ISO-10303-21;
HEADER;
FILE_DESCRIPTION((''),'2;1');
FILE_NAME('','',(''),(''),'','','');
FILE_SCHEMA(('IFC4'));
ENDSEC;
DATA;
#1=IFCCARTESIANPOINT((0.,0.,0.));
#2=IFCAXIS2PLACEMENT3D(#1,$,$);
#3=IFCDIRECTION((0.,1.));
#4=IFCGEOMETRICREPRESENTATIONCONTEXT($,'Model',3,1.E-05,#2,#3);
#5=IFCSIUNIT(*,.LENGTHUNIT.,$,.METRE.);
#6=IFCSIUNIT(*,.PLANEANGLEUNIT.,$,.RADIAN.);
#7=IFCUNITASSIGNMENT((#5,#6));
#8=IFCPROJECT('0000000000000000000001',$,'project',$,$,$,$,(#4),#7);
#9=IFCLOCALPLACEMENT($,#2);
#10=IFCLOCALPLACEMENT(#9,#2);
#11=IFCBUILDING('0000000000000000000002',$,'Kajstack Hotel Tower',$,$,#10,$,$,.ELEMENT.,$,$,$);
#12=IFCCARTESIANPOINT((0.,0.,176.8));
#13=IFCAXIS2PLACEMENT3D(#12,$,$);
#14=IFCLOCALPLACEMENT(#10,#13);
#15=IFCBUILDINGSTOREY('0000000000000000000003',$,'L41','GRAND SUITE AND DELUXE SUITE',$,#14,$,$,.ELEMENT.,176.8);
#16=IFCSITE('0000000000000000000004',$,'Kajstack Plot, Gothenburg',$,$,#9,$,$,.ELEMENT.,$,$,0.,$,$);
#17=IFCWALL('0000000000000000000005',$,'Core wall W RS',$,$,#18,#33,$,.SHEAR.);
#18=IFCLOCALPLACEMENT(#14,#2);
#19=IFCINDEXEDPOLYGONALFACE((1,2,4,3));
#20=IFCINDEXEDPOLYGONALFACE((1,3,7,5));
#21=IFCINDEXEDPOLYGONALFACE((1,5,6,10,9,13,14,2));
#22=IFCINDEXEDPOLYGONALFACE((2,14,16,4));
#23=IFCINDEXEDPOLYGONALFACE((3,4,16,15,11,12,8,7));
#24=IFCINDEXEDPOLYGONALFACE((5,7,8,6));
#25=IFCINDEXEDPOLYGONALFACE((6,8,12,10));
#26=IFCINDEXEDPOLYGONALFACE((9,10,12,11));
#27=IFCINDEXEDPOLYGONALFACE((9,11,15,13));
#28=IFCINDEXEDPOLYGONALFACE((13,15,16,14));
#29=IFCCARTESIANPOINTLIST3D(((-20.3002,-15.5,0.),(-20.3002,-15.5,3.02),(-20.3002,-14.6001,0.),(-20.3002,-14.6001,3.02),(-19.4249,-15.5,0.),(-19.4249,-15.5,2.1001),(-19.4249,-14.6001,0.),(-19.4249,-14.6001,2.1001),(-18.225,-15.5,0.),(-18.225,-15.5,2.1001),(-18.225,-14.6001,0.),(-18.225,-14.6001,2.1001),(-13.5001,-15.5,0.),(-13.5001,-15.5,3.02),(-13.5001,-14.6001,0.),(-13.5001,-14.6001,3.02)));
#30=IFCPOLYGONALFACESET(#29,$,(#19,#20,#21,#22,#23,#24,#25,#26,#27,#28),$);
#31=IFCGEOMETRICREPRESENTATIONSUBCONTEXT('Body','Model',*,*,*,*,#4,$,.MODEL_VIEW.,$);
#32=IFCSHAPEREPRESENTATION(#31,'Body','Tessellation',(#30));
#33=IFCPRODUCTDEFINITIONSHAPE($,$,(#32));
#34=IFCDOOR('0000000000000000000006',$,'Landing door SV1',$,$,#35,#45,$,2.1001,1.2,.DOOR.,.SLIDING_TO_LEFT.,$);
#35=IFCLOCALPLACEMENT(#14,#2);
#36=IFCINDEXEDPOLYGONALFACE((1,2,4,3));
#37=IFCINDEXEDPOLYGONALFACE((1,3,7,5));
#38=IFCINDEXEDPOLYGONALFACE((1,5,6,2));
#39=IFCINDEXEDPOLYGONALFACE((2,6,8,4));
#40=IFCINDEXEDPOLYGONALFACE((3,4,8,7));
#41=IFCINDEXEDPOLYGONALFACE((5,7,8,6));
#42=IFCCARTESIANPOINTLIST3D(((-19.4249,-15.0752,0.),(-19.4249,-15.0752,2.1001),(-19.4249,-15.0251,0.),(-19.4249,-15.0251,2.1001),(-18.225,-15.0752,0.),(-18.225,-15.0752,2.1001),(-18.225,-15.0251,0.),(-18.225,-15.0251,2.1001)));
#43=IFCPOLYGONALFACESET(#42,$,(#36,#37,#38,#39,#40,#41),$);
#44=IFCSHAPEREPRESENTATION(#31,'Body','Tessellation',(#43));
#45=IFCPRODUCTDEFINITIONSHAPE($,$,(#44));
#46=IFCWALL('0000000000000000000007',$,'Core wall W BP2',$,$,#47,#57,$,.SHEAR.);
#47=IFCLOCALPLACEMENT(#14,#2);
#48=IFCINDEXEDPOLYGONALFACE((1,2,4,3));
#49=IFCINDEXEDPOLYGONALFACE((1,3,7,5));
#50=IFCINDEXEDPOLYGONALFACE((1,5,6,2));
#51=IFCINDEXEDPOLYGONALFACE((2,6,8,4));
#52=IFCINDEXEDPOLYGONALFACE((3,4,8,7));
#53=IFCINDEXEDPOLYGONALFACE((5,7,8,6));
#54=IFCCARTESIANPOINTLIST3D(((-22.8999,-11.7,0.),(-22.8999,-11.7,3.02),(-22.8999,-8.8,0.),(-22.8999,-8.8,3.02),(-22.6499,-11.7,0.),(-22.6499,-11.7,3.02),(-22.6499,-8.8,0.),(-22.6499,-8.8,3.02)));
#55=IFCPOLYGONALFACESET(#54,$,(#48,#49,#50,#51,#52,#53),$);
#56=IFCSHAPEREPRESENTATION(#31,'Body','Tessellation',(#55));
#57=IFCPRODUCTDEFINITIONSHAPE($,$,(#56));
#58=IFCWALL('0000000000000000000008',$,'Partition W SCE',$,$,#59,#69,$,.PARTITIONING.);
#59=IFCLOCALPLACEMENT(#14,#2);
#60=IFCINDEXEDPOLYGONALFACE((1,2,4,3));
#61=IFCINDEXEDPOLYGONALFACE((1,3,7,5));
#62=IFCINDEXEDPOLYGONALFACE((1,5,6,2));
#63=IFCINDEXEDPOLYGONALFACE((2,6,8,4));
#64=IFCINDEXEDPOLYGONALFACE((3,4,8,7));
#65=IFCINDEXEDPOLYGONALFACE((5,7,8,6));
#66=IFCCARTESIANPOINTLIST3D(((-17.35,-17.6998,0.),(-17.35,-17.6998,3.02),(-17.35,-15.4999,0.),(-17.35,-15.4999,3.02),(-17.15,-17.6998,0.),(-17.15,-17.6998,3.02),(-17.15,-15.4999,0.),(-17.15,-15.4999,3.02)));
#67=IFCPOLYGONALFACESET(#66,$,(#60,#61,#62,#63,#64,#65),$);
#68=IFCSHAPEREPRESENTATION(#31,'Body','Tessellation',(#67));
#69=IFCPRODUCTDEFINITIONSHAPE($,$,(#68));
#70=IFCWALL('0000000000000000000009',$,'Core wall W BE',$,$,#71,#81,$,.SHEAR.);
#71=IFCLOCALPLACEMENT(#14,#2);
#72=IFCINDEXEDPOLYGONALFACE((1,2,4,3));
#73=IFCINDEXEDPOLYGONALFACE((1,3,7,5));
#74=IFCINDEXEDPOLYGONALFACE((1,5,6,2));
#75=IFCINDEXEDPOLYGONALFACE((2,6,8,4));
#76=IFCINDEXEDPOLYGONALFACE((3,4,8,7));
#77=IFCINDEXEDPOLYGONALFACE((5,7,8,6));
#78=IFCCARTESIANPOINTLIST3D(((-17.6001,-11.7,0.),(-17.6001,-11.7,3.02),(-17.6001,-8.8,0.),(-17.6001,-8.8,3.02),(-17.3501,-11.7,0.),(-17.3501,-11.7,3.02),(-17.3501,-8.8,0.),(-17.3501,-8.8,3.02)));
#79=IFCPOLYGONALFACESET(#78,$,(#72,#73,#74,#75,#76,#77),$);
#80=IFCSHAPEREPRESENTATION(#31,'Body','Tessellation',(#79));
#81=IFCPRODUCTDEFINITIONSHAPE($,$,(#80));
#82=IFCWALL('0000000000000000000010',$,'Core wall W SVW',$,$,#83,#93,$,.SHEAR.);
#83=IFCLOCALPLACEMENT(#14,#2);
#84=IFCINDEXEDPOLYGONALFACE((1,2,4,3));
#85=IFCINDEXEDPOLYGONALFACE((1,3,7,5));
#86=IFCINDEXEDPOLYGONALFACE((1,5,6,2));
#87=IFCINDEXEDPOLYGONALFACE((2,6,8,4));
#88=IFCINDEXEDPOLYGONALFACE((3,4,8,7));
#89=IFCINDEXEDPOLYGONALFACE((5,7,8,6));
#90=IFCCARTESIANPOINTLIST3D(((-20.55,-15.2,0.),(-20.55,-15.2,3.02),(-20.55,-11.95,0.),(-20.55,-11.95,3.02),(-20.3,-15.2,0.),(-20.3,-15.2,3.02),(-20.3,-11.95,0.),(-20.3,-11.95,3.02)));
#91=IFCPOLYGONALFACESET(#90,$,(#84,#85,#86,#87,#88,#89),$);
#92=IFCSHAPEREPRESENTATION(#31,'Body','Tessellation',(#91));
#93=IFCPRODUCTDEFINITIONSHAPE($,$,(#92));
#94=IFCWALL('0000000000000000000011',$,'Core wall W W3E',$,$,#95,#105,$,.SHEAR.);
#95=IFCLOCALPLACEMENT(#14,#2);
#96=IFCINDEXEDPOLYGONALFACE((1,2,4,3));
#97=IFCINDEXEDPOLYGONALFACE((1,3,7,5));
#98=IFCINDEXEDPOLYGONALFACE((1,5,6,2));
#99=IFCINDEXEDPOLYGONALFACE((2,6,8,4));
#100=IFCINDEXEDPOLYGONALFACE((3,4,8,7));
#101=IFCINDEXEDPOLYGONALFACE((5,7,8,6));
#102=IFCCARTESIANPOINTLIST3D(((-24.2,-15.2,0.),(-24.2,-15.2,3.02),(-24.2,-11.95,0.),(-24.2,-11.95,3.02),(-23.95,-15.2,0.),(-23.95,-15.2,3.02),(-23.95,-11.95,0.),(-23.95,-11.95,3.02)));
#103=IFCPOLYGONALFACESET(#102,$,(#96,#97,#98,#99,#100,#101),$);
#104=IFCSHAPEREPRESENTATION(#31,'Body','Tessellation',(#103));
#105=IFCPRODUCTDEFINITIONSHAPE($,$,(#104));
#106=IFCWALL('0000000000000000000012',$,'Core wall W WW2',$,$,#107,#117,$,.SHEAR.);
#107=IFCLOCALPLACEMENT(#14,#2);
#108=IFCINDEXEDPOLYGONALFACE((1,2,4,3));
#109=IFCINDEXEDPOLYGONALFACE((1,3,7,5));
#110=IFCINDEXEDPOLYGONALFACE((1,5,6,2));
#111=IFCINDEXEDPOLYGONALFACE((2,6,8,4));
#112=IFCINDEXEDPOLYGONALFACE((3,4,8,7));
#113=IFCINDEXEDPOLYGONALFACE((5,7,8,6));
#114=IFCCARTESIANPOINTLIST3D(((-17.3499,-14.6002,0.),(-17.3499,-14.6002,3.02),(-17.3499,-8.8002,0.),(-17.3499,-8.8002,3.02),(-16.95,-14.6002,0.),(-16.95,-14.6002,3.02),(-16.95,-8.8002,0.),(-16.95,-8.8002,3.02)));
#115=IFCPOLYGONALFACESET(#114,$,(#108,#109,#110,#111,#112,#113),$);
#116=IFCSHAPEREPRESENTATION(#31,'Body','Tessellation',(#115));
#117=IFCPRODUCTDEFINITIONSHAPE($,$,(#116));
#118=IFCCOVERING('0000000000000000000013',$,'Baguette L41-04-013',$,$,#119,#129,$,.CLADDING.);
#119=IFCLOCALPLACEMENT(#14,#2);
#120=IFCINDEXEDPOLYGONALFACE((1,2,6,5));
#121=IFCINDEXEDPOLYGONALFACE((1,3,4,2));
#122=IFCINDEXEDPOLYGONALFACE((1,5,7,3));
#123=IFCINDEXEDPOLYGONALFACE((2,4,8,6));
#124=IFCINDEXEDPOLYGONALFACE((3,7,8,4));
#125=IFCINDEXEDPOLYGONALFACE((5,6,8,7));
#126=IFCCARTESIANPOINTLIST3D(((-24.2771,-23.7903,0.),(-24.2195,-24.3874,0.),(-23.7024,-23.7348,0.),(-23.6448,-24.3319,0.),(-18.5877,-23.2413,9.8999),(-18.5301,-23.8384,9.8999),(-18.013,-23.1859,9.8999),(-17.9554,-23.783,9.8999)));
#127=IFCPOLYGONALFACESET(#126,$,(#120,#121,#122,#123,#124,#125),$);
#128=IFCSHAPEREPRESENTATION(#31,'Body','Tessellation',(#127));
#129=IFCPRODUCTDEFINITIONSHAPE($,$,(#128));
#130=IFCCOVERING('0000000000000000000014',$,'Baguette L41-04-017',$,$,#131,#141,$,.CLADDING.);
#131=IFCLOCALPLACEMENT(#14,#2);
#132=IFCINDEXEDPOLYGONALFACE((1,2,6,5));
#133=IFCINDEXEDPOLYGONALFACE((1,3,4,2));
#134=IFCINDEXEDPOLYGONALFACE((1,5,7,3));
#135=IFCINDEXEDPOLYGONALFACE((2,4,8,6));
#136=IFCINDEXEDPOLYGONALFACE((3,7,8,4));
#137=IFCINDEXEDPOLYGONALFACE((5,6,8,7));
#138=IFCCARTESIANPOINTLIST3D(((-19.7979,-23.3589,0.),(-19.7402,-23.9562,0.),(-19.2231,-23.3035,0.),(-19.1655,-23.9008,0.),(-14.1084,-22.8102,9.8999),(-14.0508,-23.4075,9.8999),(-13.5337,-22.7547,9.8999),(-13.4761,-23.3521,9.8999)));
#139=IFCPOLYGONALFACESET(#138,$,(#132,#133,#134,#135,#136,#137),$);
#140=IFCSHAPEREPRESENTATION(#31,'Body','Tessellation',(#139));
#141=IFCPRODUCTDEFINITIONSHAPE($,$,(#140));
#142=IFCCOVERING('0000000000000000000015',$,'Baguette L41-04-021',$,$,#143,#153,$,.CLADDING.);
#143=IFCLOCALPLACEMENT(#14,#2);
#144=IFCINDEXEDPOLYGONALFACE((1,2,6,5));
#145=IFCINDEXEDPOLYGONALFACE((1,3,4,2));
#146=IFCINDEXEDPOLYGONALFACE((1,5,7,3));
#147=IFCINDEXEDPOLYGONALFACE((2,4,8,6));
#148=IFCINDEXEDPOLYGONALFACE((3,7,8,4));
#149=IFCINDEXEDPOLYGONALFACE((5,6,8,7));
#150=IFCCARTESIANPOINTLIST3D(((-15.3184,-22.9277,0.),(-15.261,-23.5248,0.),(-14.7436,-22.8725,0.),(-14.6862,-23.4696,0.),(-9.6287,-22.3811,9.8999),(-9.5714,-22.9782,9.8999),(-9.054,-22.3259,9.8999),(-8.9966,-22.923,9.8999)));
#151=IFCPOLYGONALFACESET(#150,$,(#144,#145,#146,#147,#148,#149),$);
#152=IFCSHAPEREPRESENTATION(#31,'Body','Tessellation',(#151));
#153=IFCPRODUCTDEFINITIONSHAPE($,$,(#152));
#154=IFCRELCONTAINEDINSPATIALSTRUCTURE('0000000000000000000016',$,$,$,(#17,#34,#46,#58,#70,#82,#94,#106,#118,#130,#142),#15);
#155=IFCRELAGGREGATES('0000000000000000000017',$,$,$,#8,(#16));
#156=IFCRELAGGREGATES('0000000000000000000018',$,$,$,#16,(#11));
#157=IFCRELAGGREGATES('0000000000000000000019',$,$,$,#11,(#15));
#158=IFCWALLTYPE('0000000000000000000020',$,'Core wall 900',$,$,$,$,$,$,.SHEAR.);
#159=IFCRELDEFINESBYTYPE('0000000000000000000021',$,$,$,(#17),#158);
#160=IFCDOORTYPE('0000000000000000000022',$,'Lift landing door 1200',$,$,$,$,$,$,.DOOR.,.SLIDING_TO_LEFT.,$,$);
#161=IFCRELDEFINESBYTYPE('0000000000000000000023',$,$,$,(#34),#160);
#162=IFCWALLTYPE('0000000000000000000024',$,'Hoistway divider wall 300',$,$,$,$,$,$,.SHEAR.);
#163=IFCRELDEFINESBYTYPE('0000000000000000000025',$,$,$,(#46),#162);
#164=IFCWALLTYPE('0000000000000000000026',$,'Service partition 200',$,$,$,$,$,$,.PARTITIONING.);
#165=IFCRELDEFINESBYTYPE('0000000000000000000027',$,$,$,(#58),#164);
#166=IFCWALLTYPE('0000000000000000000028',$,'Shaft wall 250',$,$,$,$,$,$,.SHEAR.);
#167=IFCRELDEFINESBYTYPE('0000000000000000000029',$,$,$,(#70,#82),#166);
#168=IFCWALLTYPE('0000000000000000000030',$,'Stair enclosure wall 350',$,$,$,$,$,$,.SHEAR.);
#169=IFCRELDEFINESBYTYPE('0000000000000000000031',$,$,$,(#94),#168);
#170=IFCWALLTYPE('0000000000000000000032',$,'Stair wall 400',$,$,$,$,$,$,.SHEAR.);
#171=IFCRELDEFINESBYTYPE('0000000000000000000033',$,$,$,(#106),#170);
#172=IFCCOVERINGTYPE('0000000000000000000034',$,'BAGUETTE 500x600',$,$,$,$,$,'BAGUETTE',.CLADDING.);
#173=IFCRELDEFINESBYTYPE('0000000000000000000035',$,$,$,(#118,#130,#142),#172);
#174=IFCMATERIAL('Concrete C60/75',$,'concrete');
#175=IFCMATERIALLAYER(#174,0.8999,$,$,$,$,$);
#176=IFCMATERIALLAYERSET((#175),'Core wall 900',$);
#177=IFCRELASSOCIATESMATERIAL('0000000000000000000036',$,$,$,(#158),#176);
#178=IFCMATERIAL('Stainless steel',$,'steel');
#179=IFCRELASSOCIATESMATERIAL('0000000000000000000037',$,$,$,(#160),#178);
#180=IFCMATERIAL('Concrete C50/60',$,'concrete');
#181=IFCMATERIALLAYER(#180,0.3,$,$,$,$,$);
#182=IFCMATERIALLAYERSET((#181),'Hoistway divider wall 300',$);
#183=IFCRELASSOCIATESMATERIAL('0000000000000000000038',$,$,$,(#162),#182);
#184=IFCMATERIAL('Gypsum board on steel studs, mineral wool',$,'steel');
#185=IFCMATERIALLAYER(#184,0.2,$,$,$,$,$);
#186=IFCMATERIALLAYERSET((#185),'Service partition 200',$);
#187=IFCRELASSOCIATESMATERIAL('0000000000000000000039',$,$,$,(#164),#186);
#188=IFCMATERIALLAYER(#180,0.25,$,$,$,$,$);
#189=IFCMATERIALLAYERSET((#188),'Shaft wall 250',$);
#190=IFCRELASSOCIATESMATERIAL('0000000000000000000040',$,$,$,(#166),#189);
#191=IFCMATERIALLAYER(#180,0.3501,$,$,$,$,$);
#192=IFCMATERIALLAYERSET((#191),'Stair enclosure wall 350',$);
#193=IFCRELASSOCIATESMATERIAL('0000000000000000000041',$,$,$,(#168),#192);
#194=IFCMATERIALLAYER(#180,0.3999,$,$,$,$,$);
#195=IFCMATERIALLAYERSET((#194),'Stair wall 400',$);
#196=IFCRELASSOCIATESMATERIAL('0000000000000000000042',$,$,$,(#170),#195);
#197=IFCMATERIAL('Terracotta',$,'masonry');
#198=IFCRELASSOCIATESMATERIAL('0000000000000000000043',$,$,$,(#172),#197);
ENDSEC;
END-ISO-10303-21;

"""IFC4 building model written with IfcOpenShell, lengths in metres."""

from ifc_helpers import new_model, si_unit, direction, frame, frame_2d, origin, origin_2d, place, context, subcontext, project, spatial, polyline, rectangle, outline, extrude, material, layer, layer_set, material_profile, profile_set, type_object, element, fill, save


model = new_model("IFC4")

# Units and contexts
model_context = context("Model", 3, precision=1e-05, world=origin(), true_north=direction((0.0, 1.0)))
body_context = subcontext(model_context, "Body", "Model", "MODEL_VIEW")
ifc_project = project(units=[si_unit("LENGTHUNIT", "METRE"), si_unit("PLANEANGLEUNIT", "RADIAN")], contexts=[model_context])

# Site, building, storey
site_placement = place(None, origin())
site = spatial("IfcSite", under=ifc_project, at=site_placement, Name="Kajstack Plot, Gothenburg", CompositionType="ELEMENT", RefElevation=0.0)
building_placement = place(site_placement, origin())
building = spatial("IfcBuilding", under=site, at=building_placement, Name="Kajstack Hotel Tower", CompositionType="ELEMENT")
storey_placement = place(building_placement, frame((0.0, 0.0, 176.8)))
storey = spatial("IfcBuildingStorey", under=building, at=storey_placement, Name="L41", Description="GRAND SUITE AND DELUXE SUITE", CompositionType="ELEMENT", Elevation=176.8)

# Wall, opening, door
ifc_material_1 = material(Name="Concrete C60/75", Category="concrete")
ifc_layer_1 = layer(ifc_material_1, 0.8999)
ifc_layer_set_1 = layer_set([ifc_layer_1], Name="Core wall 900")
wall_type_1 = type_object("IfcWallType", Name="Core wall 900", PredefinedType="SHEAR", material=ifc_layer_set_1)
wall_1_placement = place(storey_placement, frame((-20.3, -15.05, 0.0), z_axis=(0.0, 0.0, 1.0), x_axis=(1.0, 0.0, 0.0)))
wall_1 = element("IfcWall", 1, at=wall_1_placement, inside=storey, type_object=wall_type_1, Name="Core wall W RS", PredefinedType="SHEAR", context=body_context, shape_type="SweptSolid", body=[
    extrude(rectangle(XDim=6.8, YDim=0.8999, at=frame_2d((3.3999, 0.0))), origin(), (0.0, 0.0, 1.0), 3.02),
])
opening_placement = place(wall_1_placement, frame((0.875, 0.0, 0.0)))
opening = element("IfcOpeningElement", 2, at=opening_placement, cuts=wall_1, PredefinedType="OPENING", context=body_context, shape_type="SweptSolid", body=[
    extrude(rectangle(XDim=1.2, YDim=2.1001, at=frame_2d((0.6001, 1.05))), frame((0.0, 0.46, 0.0), z_axis=(0.0, -1.0, 0.0), x_axis=(1.0, 0.0, 0.0)), (0.0, 0.0, 1.0), 0.9199),
])
ifc_material_2 = material(Name="Stainless steel", Category="steel")
door_type = type_object("IfcDoorType", Name="Lift landing door 1200", OperationType="SLIDING_TO_LEFT", PredefinedType="DOOR", material=ifc_material_2)
door_placement = place(opening_placement, origin())
door = element("IfcDoor", 3, at=door_placement, inside=storey, type_object=door_type, Name="Landing door SV1", OperationType="SLIDING_TO_LEFT", OverallHeight=2.1001, OverallWidth=1.2, PredefinedType="DOOR", context=body_context, shape_type="SweptSolid", body=[
    extrude(rectangle(XDim=1.2, YDim=2.1001, at=frame_2d((0.6001, 1.05))), frame((0.0, 0.0249, 0.0), z_axis=(0.0, -1.0, 0.0), x_axis=(1.0, 0.0, 0.0)), (0.0, 0.0, 1.0), 0.05),
])
fill(opening, door)

# Walls
ifc_material_3 = material(Name="Concrete C50/60", Category="concrete")
ifc_layer_2 = layer(ifc_material_3, 0.3)
ifc_layer_set_2 = layer_set([ifc_layer_2], Name="Hoistway divider wall 300")
wall_type_2 = type_object("IfcWallType", Name="Hoistway divider wall 300", PredefinedType="SHEAR", material=ifc_layer_set_2)
wall_2_placement = place(storey_placement, frame((-22.7749, -11.7, 0.0), z_axis=(0.0, 0.0, 1.0), x_axis=(0.0, 1.0, 0.0)))
element("IfcWall", 4, at=wall_2_placement, inside=storey, type_object=wall_type_2, Name="Core wall W BP2", PredefinedType="SHEAR", context=body_context, shape_type="SweptSolid", body=[
    extrude(rectangle(XDim=2.8999, YDim=0.25, at=frame_2d((1.45, 0.0))), origin(), (0.0, 0.0, 1.0), 3.02),
])
ifc_material_4 = material(Name="Gypsum board on steel studs, mineral wool", Category="steel")
ifc_layer_3 = layer(ifc_material_4, 0.2)
ifc_layer_set_3 = layer_set([ifc_layer_3], Name="Service partition 200")
wall_type_3 = type_object("IfcWallType", Name="Service partition 200", PredefinedType="PARTITIONING", material=ifc_layer_set_3)
wall_3_placement = place(storey_placement, frame((-17.25, -17.7, 0.0), z_axis=(0.0, 0.0, 1.0), x_axis=(0.0, 1.0, 0.0)))
element("IfcWall", 5, at=wall_3_placement, inside=storey, type_object=wall_type_3, Name="Partition W SCE", PredefinedType="PARTITIONING", context=body_context, shape_type="SweptSolid", body=[
    extrude(rectangle(XDim=2.2, YDim=0.2, at=frame_2d((1.1001, 0.0))), origin(), (0.0, 0.0, 1.0), 3.02),
])
ifc_layer_4 = layer(ifc_material_3, 0.25)
ifc_layer_set_4 = layer_set([ifc_layer_4], Name="Shaft wall 250")
wall_type_4 = type_object("IfcWallType", Name="Shaft wall 250", PredefinedType="SHEAR", material=ifc_layer_set_4)
wall_4_placement = place(storey_placement, frame((-17.4751, -11.7, 0.0), z_axis=(0.0, 0.0, 1.0), x_axis=(0.0, 1.0, 0.0)))
element("IfcWall", 6, at=wall_4_placement, inside=storey, type_object=wall_type_4, Name="Core wall W BE", PredefinedType="SHEAR", context=body_context, shape_type="SweptSolid", body=[
    extrude(rectangle(XDim=2.8999, YDim=0.25, at=frame_2d((1.45, 0.0))), origin(), (0.0, 0.0, 1.0), 3.02),
])
wall_5_placement = place(storey_placement, frame((-20.425, -15.2, 0.0), z_axis=(0.0, 0.0, 1.0), x_axis=(0.0, 1.0, 0.0)))
element("IfcWall", 7, at=wall_5_placement, inside=storey, type_object=wall_type_4, Name="Core wall W SVW", PredefinedType="SHEAR", context=body_context, shape_type="SweptSolid", body=[
    extrude(rectangle(XDim=3.25, YDim=0.25, at=frame_2d((1.625, 0.0))), origin(), (0.0, 0.0, 1.0), 3.02),
])
ifc_layer_5 = layer(ifc_material_3, 0.3501)
ifc_layer_set_5 = layer_set([ifc_layer_5], Name="Stair enclosure wall 350")
wall_type_5 = type_object("IfcWallType", Name="Stair enclosure wall 350", PredefinedType="SHEAR", material=ifc_layer_set_5)
wall_6_placement = place(storey_placement, frame((-24.075, -15.2, 0.0), z_axis=(0.0, 0.0, 1.0), x_axis=(0.0, 1.0, 0.0)))
element("IfcWall", 8, at=wall_6_placement, inside=storey, type_object=wall_type_5, Name="Core wall W W3E", PredefinedType="SHEAR", context=body_context, shape_type="SweptSolid", body=[
    extrude(rectangle(XDim=3.25, YDim=0.25, at=frame_2d((1.625, 0.0))), origin(), (0.0, 0.0, 1.0), 3.02),
])
ifc_layer_6 = layer(ifc_material_3, 0.3999)
ifc_layer_set_6 = layer_set([ifc_layer_6], Name="Stair wall 400")
wall_type_6 = type_object("IfcWallType", Name="Stair wall 400", PredefinedType="SHEAR", material=ifc_layer_set_6)
wall_7_placement = place(storey_placement, frame((-17.1499, -14.6001, 0.0), z_axis=(0.0, 0.0, 1.0), x_axis=(0.0, 1.0, 0.0)))
element("IfcWall", 9, at=wall_7_placement, inside=storey, type_object=wall_type_6, Name="Core wall W WW2", PredefinedType="SHEAR", context=body_context, shape_type="SweptSolid", body=[
    extrude(rectangle(XDim=5.8, YDim=0.3999, at=frame_2d((2.8999, 0.0))), origin(), (0.0, 0.0, 1.0), 3.02),
])

# Coverings
ifc_material_5 = material(Name="Terracotta", Category="masonry")
ifc_material_profile = material_profile(ifc_material_5, rectangle(XDim=0.6001, YDim=0.5, at=origin_2d()), Name="Terracotta-clad concrete baguette 500 x 600")
ifc_profile_set = profile_set([ifc_material_profile], Name="Terracotta")
covering_type = type_object("IfcCoveringType", Name="BAGUETTE 500x600", ElementType="BAGUETTE", PredefinedType="CLADDING", material=ifc_profile_set)
covering_1_placement = place(storey_placement, frame((-24.2771, -23.7903, 0.0), z_axis=(0.096038, -0.995378, 0.0), x_axis=(0.995378, 0.096038, 0.0)))
element("IfcCovering", 10, at=covering_1_placement, inside=storey, type_object=covering_type, Name="Baguette L41-04-013", PredefinedType="CLADDING", context=body_context, shape_type="SweptSolid", body=[
    extrude(outline(polyline([(5.7158, 9.8999), (0.0, 0.0), (0.5774, 0.0), (6.2932, 9.8999), (5.7158, 9.8999)])), origin(), (0.0, 0.0, 1.0), 0.5999),
])
covering_2_placement = place(storey_placement, frame((-19.7979, -23.3589, 0.0), z_axis=(0.095999, -0.995381, 0.0), x_axis=(0.995381, 0.095999, 0.0)))
element("IfcCovering", 11, at=covering_2_placement, inside=storey, type_object=covering_type, Name="Baguette L41-04-017", PredefinedType="CLADDING", context=body_context, shape_type="SweptSolid", body=[
    extrude(outline(polyline([(5.7158, 9.8999), (0.0, 0.0), (0.5774, 0.0), (6.2932, 9.8999), (5.7158, 9.8999)])), origin(), (0.0, 0.0, 1.0), 0.6001),
])
covering_3_placement = place(storey_placement, frame((-15.3184, -22.9277, 0.0), z_axis=(0.095635, -0.995416, 0.0), x_axis=(0.995416, 0.095635, 0.0)))
element("IfcCovering", 12, at=covering_3_placement, inside=storey, type_object=covering_type, Name="Baguette L41-04-021", PredefinedType="CLADDING", context=body_context, shape_type="SweptSolid", body=[
    extrude(outline(polyline([(5.7158, 9.8999), (0.0, 0.0), (0.5774, 0.0), (6.2932, 9.8999), (5.7158, 9.8999)])), origin(), (0.0, 0.0, 1.0), 0.5999),
])

save(model, "model.ifc")
